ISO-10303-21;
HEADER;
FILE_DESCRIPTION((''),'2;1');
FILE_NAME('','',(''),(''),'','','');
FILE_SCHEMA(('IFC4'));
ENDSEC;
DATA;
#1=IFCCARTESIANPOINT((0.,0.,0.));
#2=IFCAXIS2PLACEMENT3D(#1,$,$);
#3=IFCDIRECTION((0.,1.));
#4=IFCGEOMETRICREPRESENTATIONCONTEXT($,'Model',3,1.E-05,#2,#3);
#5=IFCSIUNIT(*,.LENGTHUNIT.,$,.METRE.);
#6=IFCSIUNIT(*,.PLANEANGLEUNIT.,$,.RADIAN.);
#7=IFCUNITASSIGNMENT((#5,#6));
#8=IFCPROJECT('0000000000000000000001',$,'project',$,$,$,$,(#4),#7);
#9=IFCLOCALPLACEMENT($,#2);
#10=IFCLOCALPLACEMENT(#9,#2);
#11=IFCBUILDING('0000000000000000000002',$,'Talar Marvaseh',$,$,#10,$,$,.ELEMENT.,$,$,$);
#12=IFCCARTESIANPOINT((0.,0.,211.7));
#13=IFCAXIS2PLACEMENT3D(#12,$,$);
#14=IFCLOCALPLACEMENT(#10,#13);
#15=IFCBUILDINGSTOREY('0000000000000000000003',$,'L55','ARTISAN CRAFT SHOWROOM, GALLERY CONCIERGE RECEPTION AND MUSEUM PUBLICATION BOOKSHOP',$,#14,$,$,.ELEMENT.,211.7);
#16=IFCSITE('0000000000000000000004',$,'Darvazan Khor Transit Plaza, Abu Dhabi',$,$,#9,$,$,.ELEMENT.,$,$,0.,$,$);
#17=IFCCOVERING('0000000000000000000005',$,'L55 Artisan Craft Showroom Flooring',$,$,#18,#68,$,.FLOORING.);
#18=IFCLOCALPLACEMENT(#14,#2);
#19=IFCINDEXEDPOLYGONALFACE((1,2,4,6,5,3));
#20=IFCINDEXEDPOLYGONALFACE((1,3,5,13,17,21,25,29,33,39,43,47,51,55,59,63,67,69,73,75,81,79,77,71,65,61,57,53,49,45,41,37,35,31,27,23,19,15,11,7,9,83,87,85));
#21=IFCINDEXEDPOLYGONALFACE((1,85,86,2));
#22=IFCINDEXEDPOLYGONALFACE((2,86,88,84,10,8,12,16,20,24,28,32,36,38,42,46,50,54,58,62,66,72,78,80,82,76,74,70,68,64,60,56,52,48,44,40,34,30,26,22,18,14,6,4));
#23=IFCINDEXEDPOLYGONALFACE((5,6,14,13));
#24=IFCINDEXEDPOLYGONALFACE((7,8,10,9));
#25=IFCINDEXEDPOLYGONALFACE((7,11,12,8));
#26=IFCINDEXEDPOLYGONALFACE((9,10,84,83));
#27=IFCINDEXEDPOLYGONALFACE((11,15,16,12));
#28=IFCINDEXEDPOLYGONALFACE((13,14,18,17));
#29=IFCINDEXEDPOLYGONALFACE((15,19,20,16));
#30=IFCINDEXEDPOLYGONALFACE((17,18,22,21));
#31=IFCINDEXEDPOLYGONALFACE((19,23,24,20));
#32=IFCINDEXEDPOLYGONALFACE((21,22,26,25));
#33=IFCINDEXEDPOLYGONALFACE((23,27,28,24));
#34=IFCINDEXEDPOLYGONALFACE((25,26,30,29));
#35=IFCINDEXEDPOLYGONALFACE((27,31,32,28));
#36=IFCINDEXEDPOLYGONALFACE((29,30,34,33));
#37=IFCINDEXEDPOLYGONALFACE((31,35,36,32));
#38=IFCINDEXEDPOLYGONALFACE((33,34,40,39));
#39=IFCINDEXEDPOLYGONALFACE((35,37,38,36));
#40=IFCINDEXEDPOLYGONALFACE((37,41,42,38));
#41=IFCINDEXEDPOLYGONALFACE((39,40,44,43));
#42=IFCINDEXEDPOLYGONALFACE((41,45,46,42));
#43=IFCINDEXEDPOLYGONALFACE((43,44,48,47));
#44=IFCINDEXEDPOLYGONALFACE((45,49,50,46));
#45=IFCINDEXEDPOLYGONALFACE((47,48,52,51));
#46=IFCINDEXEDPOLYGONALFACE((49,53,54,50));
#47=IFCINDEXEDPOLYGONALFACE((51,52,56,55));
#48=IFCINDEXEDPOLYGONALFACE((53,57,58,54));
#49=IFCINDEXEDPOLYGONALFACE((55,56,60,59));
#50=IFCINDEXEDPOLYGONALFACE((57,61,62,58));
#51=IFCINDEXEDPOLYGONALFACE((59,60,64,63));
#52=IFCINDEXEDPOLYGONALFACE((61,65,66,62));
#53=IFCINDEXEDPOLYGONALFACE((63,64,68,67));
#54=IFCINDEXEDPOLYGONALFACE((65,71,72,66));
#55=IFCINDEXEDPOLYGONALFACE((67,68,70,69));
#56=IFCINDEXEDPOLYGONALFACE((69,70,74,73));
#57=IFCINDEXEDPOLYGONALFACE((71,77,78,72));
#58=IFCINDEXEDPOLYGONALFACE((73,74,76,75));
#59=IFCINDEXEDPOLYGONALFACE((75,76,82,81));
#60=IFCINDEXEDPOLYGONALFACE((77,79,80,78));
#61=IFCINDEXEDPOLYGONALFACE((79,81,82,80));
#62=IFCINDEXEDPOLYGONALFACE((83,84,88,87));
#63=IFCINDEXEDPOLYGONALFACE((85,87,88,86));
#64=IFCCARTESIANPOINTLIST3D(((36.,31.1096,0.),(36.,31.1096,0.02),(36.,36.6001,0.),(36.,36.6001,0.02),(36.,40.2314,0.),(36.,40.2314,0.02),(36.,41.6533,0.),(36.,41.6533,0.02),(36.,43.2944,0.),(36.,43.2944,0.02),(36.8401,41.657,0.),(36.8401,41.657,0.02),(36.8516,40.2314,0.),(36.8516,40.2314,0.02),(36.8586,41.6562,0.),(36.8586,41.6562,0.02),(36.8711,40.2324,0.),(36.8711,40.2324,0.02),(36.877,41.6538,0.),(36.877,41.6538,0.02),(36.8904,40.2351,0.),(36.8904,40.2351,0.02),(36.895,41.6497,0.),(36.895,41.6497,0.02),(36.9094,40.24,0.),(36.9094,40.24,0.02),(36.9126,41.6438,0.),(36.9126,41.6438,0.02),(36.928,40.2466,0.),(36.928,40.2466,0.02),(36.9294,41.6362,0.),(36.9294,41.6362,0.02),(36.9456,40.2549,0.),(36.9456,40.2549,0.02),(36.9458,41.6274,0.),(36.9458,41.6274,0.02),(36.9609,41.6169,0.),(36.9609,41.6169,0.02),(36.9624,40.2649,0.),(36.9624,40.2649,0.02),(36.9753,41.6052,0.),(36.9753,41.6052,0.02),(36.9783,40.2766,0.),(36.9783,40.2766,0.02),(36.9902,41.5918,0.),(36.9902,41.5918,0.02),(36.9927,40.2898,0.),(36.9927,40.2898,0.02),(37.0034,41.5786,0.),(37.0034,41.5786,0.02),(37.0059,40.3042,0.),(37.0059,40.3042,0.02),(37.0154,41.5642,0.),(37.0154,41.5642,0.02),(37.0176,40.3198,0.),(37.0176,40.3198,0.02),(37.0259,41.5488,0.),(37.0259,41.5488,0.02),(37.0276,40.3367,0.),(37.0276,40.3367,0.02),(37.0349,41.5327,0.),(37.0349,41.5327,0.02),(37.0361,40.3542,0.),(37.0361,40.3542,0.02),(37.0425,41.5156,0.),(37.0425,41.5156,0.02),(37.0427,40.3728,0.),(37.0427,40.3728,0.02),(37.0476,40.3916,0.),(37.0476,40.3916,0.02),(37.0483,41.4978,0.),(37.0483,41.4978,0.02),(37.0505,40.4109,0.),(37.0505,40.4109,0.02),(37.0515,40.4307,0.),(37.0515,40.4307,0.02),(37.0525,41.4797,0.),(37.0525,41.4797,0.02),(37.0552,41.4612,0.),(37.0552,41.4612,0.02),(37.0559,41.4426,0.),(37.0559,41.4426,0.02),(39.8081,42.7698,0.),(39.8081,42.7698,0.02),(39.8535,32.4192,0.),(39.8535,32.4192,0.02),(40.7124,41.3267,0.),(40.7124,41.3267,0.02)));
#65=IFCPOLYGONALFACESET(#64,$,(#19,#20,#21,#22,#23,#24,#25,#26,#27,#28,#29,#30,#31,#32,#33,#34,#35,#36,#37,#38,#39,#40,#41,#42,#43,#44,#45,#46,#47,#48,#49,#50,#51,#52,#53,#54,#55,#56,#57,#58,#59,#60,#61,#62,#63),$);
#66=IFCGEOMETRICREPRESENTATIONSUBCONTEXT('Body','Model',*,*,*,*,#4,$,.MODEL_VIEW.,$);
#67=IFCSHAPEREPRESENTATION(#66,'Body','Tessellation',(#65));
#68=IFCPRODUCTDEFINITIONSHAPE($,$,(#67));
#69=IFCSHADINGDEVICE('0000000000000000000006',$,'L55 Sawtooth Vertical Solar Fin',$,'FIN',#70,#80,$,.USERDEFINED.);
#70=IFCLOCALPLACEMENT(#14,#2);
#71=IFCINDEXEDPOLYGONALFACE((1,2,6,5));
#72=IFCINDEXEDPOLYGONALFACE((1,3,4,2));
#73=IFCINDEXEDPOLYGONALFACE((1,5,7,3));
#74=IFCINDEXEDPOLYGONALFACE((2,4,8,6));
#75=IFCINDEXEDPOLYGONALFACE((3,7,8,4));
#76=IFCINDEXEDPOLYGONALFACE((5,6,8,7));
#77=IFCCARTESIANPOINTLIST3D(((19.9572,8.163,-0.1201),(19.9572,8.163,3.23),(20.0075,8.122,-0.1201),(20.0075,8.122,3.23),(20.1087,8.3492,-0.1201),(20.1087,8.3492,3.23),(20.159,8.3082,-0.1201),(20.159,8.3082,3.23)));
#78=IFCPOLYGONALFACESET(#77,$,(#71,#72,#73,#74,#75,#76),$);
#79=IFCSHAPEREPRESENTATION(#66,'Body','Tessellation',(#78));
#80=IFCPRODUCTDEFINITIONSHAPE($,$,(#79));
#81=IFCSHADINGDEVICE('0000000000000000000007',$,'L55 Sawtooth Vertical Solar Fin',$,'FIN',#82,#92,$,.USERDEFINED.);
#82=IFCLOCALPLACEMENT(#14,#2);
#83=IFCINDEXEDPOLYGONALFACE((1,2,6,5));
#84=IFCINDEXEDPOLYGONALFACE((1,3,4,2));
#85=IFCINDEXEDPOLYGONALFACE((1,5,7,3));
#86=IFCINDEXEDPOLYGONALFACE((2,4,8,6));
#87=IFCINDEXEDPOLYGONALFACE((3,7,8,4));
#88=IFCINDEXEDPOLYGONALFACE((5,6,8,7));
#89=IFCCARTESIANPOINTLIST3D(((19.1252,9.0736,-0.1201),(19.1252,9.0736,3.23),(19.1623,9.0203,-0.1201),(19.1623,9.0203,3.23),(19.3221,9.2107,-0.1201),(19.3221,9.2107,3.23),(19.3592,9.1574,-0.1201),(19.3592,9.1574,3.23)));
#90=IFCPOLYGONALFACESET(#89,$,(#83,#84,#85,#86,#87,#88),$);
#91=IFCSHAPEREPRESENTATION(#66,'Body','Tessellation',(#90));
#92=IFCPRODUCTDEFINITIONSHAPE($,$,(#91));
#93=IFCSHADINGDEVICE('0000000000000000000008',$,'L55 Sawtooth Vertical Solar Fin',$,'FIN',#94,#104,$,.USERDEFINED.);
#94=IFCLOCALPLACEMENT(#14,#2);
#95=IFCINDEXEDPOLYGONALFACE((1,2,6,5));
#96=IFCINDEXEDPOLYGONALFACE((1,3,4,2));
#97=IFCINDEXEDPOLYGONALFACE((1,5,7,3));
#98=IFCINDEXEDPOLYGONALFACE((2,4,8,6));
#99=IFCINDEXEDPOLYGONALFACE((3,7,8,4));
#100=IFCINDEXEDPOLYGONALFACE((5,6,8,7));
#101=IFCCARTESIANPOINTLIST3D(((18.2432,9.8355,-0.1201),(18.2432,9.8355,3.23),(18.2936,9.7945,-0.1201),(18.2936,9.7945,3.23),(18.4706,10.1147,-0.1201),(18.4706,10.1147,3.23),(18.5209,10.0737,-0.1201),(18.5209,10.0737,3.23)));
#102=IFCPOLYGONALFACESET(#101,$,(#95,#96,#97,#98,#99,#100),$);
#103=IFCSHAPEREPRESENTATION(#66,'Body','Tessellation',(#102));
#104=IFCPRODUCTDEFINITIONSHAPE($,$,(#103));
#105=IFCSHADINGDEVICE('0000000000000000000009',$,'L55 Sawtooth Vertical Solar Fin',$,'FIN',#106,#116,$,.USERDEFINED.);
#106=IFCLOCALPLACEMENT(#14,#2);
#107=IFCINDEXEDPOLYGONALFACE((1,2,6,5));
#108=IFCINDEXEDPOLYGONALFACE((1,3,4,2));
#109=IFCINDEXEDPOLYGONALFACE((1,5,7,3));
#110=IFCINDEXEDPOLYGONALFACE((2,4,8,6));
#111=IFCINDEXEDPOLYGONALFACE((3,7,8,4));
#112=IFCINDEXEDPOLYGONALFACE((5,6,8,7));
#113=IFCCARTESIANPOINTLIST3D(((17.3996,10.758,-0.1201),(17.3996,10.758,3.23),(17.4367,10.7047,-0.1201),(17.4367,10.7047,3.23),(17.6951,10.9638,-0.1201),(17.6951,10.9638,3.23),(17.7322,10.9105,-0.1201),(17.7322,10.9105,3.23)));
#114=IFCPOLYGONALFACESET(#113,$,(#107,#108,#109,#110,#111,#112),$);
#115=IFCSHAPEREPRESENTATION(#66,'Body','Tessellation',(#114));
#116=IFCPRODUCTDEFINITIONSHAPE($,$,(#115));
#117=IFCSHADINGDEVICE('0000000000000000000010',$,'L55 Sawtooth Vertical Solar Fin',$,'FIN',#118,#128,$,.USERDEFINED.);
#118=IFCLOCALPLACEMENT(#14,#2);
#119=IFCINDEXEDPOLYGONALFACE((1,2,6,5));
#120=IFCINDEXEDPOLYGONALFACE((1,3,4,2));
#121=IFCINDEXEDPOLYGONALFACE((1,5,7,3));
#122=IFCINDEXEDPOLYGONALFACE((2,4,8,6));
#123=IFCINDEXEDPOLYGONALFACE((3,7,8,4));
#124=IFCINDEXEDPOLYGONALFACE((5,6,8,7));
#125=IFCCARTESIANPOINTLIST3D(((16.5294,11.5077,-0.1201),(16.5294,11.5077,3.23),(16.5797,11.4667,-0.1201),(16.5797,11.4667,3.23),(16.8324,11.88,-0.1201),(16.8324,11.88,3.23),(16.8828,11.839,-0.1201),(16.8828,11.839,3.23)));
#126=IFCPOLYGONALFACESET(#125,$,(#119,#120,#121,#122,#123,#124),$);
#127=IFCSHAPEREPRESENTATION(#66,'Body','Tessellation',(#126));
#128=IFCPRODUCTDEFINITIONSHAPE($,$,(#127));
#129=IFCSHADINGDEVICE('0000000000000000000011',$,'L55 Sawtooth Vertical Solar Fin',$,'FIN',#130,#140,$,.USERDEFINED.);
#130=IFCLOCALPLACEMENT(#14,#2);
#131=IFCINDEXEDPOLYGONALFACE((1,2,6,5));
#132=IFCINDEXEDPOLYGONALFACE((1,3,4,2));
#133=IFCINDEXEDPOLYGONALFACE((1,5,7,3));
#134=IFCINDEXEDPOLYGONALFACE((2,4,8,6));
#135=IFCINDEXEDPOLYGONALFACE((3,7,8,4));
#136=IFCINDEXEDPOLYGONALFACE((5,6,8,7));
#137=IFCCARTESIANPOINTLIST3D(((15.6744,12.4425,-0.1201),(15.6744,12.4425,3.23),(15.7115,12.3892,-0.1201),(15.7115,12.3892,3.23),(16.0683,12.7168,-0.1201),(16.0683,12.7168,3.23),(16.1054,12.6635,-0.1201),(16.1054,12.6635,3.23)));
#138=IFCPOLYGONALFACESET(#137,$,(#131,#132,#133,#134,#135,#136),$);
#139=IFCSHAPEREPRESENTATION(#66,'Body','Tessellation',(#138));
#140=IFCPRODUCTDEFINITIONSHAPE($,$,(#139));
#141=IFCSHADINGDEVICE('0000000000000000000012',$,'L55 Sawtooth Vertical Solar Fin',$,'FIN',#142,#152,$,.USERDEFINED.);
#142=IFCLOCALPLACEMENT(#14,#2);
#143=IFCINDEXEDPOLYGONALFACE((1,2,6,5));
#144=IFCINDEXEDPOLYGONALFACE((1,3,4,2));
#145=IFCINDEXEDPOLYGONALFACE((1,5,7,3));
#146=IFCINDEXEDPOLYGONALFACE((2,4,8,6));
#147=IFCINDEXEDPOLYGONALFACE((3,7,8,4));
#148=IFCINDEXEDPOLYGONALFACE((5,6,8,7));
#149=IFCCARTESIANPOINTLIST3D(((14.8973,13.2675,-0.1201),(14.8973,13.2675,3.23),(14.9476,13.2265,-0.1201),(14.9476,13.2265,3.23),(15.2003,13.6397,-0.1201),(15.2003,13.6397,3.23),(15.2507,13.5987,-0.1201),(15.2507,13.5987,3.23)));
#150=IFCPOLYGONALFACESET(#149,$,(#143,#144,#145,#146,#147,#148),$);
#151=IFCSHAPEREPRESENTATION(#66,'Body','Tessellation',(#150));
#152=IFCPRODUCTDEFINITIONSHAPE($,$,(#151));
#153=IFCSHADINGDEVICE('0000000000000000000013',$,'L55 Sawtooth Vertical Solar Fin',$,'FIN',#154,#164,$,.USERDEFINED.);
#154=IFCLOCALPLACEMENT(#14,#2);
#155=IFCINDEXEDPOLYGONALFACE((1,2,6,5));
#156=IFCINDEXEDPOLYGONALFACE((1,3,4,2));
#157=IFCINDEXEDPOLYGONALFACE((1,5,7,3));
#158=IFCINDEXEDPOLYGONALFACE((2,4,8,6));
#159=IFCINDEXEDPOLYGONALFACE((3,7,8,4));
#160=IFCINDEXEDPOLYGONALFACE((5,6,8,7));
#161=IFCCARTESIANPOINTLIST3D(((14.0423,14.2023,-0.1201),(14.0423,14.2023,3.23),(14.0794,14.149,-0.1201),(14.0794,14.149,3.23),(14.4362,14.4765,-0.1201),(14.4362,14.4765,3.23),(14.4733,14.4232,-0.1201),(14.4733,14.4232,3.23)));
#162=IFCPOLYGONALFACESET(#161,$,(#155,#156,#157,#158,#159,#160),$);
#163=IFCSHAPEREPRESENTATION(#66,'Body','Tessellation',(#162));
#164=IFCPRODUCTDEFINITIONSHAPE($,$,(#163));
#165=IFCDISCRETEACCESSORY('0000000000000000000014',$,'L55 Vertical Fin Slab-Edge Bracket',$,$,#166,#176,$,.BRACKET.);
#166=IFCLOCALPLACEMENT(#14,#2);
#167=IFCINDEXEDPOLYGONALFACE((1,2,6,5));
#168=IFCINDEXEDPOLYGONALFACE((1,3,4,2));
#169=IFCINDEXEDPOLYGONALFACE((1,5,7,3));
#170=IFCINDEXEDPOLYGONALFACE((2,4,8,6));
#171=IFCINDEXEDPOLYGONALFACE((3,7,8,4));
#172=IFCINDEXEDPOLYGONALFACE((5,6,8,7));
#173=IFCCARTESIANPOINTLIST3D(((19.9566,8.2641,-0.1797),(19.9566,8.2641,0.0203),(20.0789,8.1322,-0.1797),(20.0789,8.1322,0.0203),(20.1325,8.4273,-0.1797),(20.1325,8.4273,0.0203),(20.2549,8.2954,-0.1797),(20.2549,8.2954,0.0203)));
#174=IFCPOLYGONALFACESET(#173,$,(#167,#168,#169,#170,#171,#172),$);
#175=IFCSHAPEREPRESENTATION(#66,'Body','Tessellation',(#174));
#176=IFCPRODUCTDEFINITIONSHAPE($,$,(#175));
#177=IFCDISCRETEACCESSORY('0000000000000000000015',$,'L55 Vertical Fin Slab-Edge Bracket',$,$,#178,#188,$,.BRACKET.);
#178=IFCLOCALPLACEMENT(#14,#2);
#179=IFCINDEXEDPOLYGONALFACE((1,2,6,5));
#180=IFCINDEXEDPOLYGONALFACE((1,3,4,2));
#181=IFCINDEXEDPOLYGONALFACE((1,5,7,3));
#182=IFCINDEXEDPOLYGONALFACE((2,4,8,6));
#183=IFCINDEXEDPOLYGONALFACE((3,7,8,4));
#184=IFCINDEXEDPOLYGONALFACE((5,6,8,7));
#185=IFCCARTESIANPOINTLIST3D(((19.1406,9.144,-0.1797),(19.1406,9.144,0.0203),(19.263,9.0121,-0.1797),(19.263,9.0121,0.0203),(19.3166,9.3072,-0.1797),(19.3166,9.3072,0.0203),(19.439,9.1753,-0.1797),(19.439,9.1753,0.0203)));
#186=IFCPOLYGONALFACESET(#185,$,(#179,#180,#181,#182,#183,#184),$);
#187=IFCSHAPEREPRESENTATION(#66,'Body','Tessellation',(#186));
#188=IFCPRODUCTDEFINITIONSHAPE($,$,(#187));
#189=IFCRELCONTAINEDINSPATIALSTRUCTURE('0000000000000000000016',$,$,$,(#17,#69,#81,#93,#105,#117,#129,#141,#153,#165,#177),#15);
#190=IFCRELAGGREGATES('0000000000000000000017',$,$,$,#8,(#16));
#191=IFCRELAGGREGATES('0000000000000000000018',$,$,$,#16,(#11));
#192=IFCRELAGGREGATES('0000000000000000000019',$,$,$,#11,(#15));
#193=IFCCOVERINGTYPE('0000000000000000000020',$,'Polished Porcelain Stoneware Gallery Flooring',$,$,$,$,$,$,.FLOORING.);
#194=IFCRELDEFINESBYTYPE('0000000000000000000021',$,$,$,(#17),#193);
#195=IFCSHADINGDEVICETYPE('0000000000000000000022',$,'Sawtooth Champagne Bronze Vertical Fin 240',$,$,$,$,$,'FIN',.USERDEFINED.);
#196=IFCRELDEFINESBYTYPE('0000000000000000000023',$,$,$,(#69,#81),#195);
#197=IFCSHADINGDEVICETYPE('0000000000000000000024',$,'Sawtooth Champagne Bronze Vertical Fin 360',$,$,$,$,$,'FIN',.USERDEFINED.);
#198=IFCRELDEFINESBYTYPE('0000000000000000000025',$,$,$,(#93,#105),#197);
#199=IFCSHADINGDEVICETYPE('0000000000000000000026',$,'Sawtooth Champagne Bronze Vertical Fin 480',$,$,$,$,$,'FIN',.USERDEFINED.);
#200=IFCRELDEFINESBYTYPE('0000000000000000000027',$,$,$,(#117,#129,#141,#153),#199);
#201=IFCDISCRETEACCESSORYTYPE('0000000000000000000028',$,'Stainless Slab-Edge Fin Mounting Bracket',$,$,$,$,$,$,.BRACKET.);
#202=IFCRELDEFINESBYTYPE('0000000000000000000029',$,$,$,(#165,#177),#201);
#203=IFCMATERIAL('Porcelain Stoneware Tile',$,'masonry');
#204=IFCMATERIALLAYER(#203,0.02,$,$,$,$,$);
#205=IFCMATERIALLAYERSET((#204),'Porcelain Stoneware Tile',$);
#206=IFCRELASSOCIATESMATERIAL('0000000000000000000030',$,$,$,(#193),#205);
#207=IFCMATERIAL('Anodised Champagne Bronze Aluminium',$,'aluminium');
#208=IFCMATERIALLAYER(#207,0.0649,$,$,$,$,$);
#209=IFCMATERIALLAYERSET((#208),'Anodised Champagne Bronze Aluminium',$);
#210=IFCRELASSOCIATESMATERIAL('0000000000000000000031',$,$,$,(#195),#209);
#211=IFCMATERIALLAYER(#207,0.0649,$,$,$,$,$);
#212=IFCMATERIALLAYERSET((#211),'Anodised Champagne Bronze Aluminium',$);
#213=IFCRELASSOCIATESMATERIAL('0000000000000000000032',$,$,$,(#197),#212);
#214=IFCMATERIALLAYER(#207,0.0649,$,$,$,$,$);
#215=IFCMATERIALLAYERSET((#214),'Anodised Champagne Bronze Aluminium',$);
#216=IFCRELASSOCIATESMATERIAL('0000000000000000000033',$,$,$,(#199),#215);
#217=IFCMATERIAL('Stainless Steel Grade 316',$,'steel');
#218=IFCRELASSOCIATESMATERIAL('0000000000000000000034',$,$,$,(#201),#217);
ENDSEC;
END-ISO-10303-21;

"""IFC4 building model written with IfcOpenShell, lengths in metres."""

from ifc_helpers import new_model, si_unit, direction, frame, origin, origin_2d, place, context, subcontext, project, spatial, polyline, rectangle, outline, extrude, source, transform, mapped, material, layer, layer_set, type_object, type_shapes, element, save


model = new_model("IFC4")

# Units and contexts
model_context = context("Model", 3, precision=1e-05, world=origin(), true_north=direction((0.0, 1.0)))
body_context = subcontext(model_context, "Body", "Model", "MODEL_VIEW")
ifc_project = project(units=[si_unit("LENGTHUNIT", "METRE"), si_unit("PLANEANGLEUNIT", "RADIAN")], contexts=[model_context])

# Site, building, storey
site_placement = place(None, origin())
site = spatial("IfcSite", under=ifc_project, at=site_placement, Name="Darvazan Khor Transit Plaza, Abu Dhabi", CompositionType="ELEMENT", RefElevation=0.0)
building_placement = place(site_placement, origin())
building = spatial("IfcBuilding", under=site, at=building_placement, Name="Talar Marvaseh", CompositionType="ELEMENT")
storey_placement = place(building_placement, frame((0.0, 0.0, 211.7)))
storey = spatial("IfcBuildingStorey", under=building, at=storey_placement, Name="L55", Description="ARTISAN CRAFT SHOWROOM, GALLERY CONCIERGE RECEPTION AND MUSEUM PUBLICATION BOOKSHOP", CompositionType="ELEMENT", Elevation=211.7)

# Covering
ifc_material_1 = material(Name="Porcelain Stoneware Tile", Category="masonry")
ifc_layer_1 = layer(ifc_material_1, 0.02)
ifc_layer_set_1 = layer_set([ifc_layer_1], Name="Porcelain Stoneware Tile")
covering_type_1 = type_object("IfcCoveringType", Name="Polished Porcelain Stoneware Gallery Flooring", PredefinedType="FLOORING", material=ifc_layer_set_1)
covering_1_placement = place(storey_placement, origin())
element("IfcCovering", 1, at=covering_1_placement, inside=storey, type_object=covering_type_1, Name="L55 Artisan Craft Showroom Flooring", PredefinedType="FLOORING", context=body_context, shape_type="SweptSolid", body=[
    extrude(outline(polyline([(40.7124, 41.3267), (39.8535, 32.4192), (36.0, 31.1096), (36.0, 36.6001), (36.0, 40.2314), (36.8516, 40.2314), (36.8711, 40.2324), (36.8904, 40.2351), (36.9094, 40.24), (36.928, 40.2466), (36.9456, 40.2549), (36.9624, 40.2649), (36.9783, 40.2766), (36.9927, 40.2898), (37.0059, 40.3042), (37.0176, 40.3198), (37.0276, 40.3367), (37.0361, 40.3542), (37.0427, 40.3728), (37.0476, 40.3916), (37.0505, 40.4109), (37.0515, 40.4307), (37.0559, 41.4426), (37.0552, 41.4612), (37.0525, 41.4797), (37.0483, 41.4978), (37.0425, 41.5156), (37.0349, 41.5327), (37.0259, 41.5488), (37.0154, 41.5642), (37.0034, 41.5786), (36.9902, 41.5918), (36.9753, 41.6052), (36.9609, 41.6169), (36.9458, 41.6274), (36.9294, 41.6362), (36.9126, 41.6438), (36.895, 41.6497), (36.877, 41.6538), (36.8586, 41.6562), (36.8401, 41.657), (36.0, 41.6533), (36.0, 43.2944), (39.8081, 42.7698), (40.7124, 41.3267)])), origin(), (0.0, 0.0, 1.0), 0.02),
])

# Shading devices
ifc_material_2 = material(Name="Anodised Champagne Bronze Aluminium", Category="aluminium")
ifc_layer_2 = layer(ifc_material_2, 0.0649)
ifc_layer_set_2 = layer_set([ifc_layer_2], Name="Anodised Champagne Bronze Aluminium")
shading_device_type_1 = type_object("IfcShadingDeviceType", Name="Sawtooth Champagne Bronze Vertical Fin 240", ElementType="FIN", PredefinedType="USERDEFINED", material=ifc_layer_set_2)
shared_shape_1 = source(origin(), body_context, "Body", "SweptSolid", [
    extrude(rectangle(XDim=0.24, YDim=0.0649, at=origin_2d()), origin(), (0.0, 0.0, 1.0), 3.3501),
])
type_shapes(shading_device_type_1, [shared_shape_1])
for number, where, z_axis, x_axis, name in (
    (2, (20.0581, 8.2356, -0.1201), (0.0, 0.0, 1.0), (-0.631353, -0.775496, 0.0), "L55 Sawtooth Vertical Solar Fin"),
    (3, (19.2422, 9.1155, -0.1201), (0.0, 0.0, 1.0), (-0.820651, -0.57143, 0.0), "L55 Sawtooth Vertical Solar Fin"),
):
    element("IfcShadingDevice", number, at=place(storey_placement, frame(where, z_axis=z_axis, x_axis=x_axis)), inside=storey, type_object=shading_device_type_1, Name=name, ObjectType="FIN", PredefinedType="USERDEFINED", context=body_context, shape_type="MappedRepresentation", body=[
        mapped(shared_shape_1, transform((0.0, 0.0, 0.0), x_axis=(1.0, 0.0, 0.0), y_axis=(0.0, 1.0, 0.0), z_axis=(0.0, 0.0, 1.0), scale=1.0)),
    ])
ifc_layer_3 = layer(ifc_material_2, 0.0649)
ifc_layer_set_3 = layer_set([ifc_layer_3], Name="Anodised Champagne Bronze Aluminium")
shading_device_type_2 = type_object("IfcShadingDeviceType", Name="Sawtooth Champagne Bronze Vertical Fin 360", ElementType="FIN", PredefinedType="USERDEFINED", material=ifc_layer_set_3)
shared_shape_2 = source(origin(), body_context, "Body", "SweptSolid", [
    extrude(rectangle(XDim=0.3601, YDim=0.0649, at=origin_2d()), origin(), (0.0, 0.0, 1.0), 3.3501),
])
type_shapes(shading_device_type_2, [shared_shape_2])
for number, where, z_axis, x_axis, name in (
    (4, (18.3821, 9.9546, -0.1201), (0.0, 0.0, 1.0), (-0.631353, -0.775496, 0.0), "L55 Sawtooth Vertical Solar Fin"),
    (5, (17.5659, 10.8342, -0.1201), (0.0, 0.0, 1.0), (-0.820651, -0.57143, 0.0), "L55 Sawtooth Vertical Solar Fin"),
):
    element("IfcShadingDevice", number, at=place(storey_placement, frame(where, z_axis=z_axis, x_axis=x_axis)), inside=storey, type_object=shading_device_type_2, Name=name, ObjectType="FIN", PredefinedType="USERDEFINED", context=body_context, shape_type="MappedRepresentation", body=[
        mapped(shared_shape_2, transform((0.0, 0.0, 0.0), x_axis=(1.0, 0.0, 0.0), y_axis=(0.0, 1.0, 0.0), z_axis=(0.0, 0.0, 1.0), scale=1.0)),
    ])
ifc_layer_4 = layer(ifc_material_2, 0.0649)
ifc_layer_set_4 = layer_set([ifc_layer_4], Name="Anodised Champagne Bronze Aluminium")
shading_device_type_3 = type_object("IfcShadingDeviceType", Name="Sawtooth Champagne Bronze Vertical Fin 480", ElementType="FIN", PredefinedType="USERDEFINED", material=ifc_layer_set_4)
shared_shape_3 = source(origin(), body_context, "Body", "SweptSolid", [
    extrude(rectangle(XDim=0.48, YDim=0.0649, at=origin_2d()), origin(), (0.0, 0.0, 1.0), 3.3501),
])
type_shapes(shading_device_type_3, [shared_shape_3])
for number, where, z_axis, x_axis, name in (
    (6, (16.7061, 11.6733, -0.1201), (0.0, 0.0, 1.0), (-0.631353, -0.775496, 0.0), "L55 Sawtooth Vertical Solar Fin"),
    (7, (15.8899, 12.553, -0.1201), (0.0, 0.0, 1.0), (-0.820651, -0.57143, 0.0), "L55 Sawtooth Vertical Solar Fin"),
    (8, (15.074, 13.4331, -0.1201), (0.0, 0.0, 1.0), (-0.631353, -0.775496, 0.0), "L55 Sawtooth Vertical Solar Fin"),
    (9, (14.2578, 14.3127, -0.1201), (0.0, 0.0, 1.0), (-0.820651, -0.57143, 0.0), "L55 Sawtooth Vertical Solar Fin"),
):
    element("IfcShadingDevice", number, at=place(storey_placement, frame(where, z_axis=z_axis, x_axis=x_axis)), inside=storey, type_object=shading_device_type_3, Name=name, ObjectType="FIN", PredefinedType="USERDEFINED", context=body_context, shape_type="MappedRepresentation", body=[
        mapped(shared_shape_3, transform((0.0, 0.0, 0.0), x_axis=(1.0, 0.0, 0.0), y_axis=(0.0, 1.0, 0.0), z_axis=(0.0, 0.0, 1.0), scale=1.0)),
    ])

# Discrete accessories
ifc_material_3 = material(Name="Stainless Steel Grade 316", Category="steel")
discrete_accessory_type = type_object("IfcDiscreteAccessoryType", Name="Stainless Slab-Edge Fin Mounting Bracket", PredefinedType="BRACKET", material=ifc_material_3)
shared_shape_4 = source(origin(), body_context, "Body", "SweptSolid", [
    extrude(rectangle(XDim=0.24, YDim=0.1799, at=origin_2d()), origin(), (0.0, 0.0, 1.0), 0.2),
])
type_shapes(discrete_accessory_type, [shared_shape_4])
for number, where, z_axis, x_axis, name in (
    (10, (20.1057, 8.2798, -0.1797), (0.0, 0.0, 1.0), (-0.733137, -0.680081, 0.0), "L55 Vertical Fin Slab-Edge Bracket"),
    (11, (19.2898, 9.1597, -0.1797), (0.0, 0.0, 1.0), (-0.733137, -0.680081, 0.0), "L55 Vertical Fin Slab-Edge Bracket"),
):
    element("IfcDiscreteAccessory", number, at=place(storey_placement, frame(where, z_axis=z_axis, x_axis=x_axis)), inside=storey, type_object=discrete_accessory_type, Name=name, PredefinedType="BRACKET", context=body_context, shape_type="MappedRepresentation", body=[
        mapped(shared_shape_4, transform((0.0, 0.0, 0.0), x_axis=(1.0, 0.0, 0.0), y_axis=(0.0, 1.0, 0.0), z_axis=(0.0, 0.0, 1.0), scale=1.0)),
    ])

save(model, "model.ifc")
